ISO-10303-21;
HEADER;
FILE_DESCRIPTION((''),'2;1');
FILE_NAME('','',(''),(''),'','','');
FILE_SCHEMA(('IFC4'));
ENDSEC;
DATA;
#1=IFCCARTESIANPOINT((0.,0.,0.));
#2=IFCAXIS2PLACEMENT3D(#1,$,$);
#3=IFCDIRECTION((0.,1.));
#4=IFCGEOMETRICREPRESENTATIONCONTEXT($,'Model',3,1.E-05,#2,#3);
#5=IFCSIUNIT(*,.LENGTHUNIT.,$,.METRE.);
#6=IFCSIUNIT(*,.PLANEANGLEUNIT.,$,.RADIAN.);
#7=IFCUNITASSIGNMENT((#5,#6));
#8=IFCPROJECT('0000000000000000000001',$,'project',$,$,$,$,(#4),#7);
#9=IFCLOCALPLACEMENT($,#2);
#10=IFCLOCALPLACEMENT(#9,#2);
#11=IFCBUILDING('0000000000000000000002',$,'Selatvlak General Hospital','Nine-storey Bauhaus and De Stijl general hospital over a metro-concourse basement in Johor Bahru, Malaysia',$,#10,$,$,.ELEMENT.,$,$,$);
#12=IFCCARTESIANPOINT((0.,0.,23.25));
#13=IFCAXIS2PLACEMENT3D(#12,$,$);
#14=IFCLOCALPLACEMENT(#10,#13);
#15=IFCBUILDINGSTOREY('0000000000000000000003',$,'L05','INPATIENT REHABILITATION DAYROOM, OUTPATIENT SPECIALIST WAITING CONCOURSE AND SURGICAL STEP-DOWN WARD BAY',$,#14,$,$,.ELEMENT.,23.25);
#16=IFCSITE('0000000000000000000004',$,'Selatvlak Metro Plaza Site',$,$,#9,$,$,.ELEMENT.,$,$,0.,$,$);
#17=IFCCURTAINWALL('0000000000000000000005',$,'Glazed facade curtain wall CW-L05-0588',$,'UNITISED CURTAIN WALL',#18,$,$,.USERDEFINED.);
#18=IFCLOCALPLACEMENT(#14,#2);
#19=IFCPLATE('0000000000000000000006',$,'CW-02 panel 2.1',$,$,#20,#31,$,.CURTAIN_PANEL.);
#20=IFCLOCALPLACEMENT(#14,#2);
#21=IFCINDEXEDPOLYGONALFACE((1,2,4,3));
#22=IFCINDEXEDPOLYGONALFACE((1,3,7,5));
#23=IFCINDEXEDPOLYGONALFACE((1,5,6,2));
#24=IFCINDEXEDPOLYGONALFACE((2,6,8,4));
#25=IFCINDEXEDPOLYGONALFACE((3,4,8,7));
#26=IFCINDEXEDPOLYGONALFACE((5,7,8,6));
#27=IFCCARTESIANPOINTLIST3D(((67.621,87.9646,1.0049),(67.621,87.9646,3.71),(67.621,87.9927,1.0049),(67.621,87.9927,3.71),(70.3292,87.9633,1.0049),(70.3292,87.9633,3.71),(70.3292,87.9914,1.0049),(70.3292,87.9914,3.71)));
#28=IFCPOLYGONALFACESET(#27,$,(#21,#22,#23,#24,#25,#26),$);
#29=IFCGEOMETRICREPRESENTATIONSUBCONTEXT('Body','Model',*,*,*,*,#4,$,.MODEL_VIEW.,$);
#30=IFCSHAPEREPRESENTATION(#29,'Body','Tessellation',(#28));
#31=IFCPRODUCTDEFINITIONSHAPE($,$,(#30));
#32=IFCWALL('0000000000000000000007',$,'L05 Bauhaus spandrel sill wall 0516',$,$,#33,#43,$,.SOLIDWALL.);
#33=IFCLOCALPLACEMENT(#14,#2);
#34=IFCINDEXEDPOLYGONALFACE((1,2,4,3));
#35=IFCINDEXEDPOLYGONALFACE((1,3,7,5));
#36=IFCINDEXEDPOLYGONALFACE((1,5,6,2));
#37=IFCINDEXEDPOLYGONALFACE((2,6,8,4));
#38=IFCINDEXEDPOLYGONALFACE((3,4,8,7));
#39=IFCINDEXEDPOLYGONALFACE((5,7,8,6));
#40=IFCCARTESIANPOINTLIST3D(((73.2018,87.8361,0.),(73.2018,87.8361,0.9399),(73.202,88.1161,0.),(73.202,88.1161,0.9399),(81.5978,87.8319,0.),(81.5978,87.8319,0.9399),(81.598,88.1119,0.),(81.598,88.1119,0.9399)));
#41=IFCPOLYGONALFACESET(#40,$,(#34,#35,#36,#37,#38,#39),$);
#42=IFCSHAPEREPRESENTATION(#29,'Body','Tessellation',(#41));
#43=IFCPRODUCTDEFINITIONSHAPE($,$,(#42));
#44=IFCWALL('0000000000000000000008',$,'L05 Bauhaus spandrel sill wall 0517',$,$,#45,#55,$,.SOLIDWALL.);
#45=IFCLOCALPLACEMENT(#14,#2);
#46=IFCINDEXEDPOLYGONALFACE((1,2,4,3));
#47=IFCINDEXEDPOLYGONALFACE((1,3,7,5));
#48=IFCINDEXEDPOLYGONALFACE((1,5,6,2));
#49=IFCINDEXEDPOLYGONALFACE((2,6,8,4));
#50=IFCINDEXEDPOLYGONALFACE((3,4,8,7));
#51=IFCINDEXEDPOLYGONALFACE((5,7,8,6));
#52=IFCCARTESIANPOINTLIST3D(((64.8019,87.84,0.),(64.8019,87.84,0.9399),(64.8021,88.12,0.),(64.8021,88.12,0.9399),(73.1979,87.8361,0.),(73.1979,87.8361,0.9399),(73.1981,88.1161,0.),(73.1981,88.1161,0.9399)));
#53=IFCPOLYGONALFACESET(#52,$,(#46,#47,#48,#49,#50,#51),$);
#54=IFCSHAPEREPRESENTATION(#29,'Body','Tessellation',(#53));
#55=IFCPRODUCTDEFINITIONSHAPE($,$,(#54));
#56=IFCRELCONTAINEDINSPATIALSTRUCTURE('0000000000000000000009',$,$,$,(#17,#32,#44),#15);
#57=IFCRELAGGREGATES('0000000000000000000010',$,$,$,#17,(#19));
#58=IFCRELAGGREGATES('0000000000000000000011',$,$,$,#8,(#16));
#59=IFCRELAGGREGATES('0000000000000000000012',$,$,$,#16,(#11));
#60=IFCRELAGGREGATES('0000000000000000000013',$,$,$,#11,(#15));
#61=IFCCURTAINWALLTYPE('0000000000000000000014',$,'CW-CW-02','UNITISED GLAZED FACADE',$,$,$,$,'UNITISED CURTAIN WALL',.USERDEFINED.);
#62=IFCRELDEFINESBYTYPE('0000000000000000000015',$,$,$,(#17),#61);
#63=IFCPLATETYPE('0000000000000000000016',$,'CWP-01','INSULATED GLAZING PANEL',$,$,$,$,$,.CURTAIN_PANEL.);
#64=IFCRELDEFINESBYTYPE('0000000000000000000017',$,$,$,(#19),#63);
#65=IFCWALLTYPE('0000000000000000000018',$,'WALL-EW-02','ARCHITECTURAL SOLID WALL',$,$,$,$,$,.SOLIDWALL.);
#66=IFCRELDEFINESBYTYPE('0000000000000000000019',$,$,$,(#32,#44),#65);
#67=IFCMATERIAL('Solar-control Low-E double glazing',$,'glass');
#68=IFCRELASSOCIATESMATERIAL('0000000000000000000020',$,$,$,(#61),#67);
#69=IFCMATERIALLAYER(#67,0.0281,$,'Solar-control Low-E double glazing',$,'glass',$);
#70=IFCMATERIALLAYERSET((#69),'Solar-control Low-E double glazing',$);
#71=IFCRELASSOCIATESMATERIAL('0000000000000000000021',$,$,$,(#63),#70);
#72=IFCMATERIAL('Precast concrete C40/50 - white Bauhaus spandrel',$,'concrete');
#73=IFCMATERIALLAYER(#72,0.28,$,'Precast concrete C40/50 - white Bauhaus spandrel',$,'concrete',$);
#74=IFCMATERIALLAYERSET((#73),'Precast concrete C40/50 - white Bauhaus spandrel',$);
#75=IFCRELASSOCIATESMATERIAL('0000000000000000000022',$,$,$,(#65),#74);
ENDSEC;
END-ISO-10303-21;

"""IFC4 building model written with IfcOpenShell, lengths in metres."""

from ifc_helpers import new_model, si_unit, direction, frame, frame_2d, origin, origin_2d, place, context, subcontext, project, spatial, rectangle, extrude, material, layer, layer_set, type_object, element, aggregate, save


model = new_model("IFC4")

# Units and contexts
model_context = context("Model", 3, precision=1e-05, world=origin(), true_north=direction((0.0, 1.0)))
body_context = subcontext(model_context, "Body", "Model", "MODEL_VIEW")
ifc_project = project(units=[si_unit("LENGTHUNIT", "METRE"), si_unit("PLANEANGLEUNIT", "RADIAN")], contexts=[model_context])

# Site, building, storey
site_placement = place(None, origin())
site = spatial("IfcSite", under=ifc_project, at=site_placement, Name="Selatvlak Metro Plaza Site", CompositionType="ELEMENT", RefElevation=0.0)
building_placement = place(site_placement, origin())
building = spatial("IfcBuilding", under=site, at=building_placement, Name="Selatvlak General Hospital", Description="Nine-storey Bauhaus and De Stijl general hospital over a metro-concourse basement in Johor Bahru, Malaysia", CompositionType="ELEMENT")
storey_placement = place(building_placement, frame((0.0, 0.0, 23.25)))
storey = spatial("IfcBuildingStorey", under=building, at=storey_placement, Name="L05", Description="INPATIENT REHABILITATION DAYROOM, OUTPATIENT SPECIALIST WAITING CONCOURSE AND SURGICAL STEP-DOWN WARD BAY", CompositionType="ELEMENT", Elevation=23.25)

# Curtain wall
ifc_material_1 = material(Name="Solar-control Low-E double glazing", Category="glass")
curtain_wall_type_1 = type_object("IfcCurtainWallType", Name="CW-CW-02", Description="UNITISED GLAZED FACADE", ElementType="UNITISED CURTAIN WALL", PredefinedType="USERDEFINED", material=ifc_material_1)
curtain_wall_1_placement = place(storey_placement, origin())
curtain_wall_1 = element("IfcCurtainWall", 1, at=curtain_wall_1_placement, inside=storey, type_object=curtain_wall_type_1, Name="Glazed facade curtain wall CW-L05-0588", ObjectType="UNITISED CURTAIN WALL", PredefinedType="USERDEFINED")

# Plate
ifc_layer_1 = layer(ifc_material_1, 0.0281, Name="Solar-control Low-E double glazing", Category="glass")
ifc_layer_set_1 = layer_set([ifc_layer_1], Name="Solar-control Low-E double glazing")
plate_type = type_object("IfcPlateType", Name="CWP-01", Description="INSULATED GLAZING PANEL", PredefinedType="CURTAIN_PANEL", material=ifc_layer_set_1)
plate_1_placement = place(storey_placement, frame((68.9751, 87.978, 1.0049), z_axis=(0.0, 0.0, 1.0), x_axis=(-1.0, 0.000481, 0.0)))
plate_1 = element("IfcPlate", 2, at=plate_1_placement, type_object=plate_type, Name="CW-02 panel 2.1", PredefinedType="CURTAIN_PANEL", context=body_context, shape_type="SweptSolid", body=[
    extrude(rectangle(XDim=2.7083, YDim=0.0281, at=origin_2d()), origin(), (0.0, 0.0, 1.0), 2.7051),
])
aggregate(curtain_wall_1, [plate_1])

# Walls
ifc_material_2 = material(Name="Precast concrete C40/50 - white Bauhaus spandrel", Category="concrete")
ifc_layer_2 = layer(ifc_material_2, 0.28, Name="Precast concrete C40/50 - white Bauhaus spandrel", Category="concrete")
ifc_layer_set_2 = layer_set([ifc_layer_2], Name="Precast concrete C40/50 - white Bauhaus spandrel")
wall_type = type_object("IfcWallType", Name="WALL-EW-02", Description="ARCHITECTURAL SOLID WALL", PredefinedType="SOLIDWALL", material=ifc_layer_set_2)
for number, where, z_axis, x_axis, name in (
    (3, (81.5979, 87.9719, 0.0), (0.0, 0.0, 1.0), (-1.0, 0.000494, 0.0), "L05 Bauhaus spandrel sill wall 0516"),
    (4, (73.198, 87.9761, 0.0), (0.0, 0.0, 1.0), (-1.0, 0.000465, 0.0), "L05 Bauhaus spandrel sill wall 0517"),
):
    element("IfcWall", number, at=place(storey_placement, frame(where, z_axis=z_axis, x_axis=x_axis)), inside=storey, type_object=wall_type, Name=name, PredefinedType="SOLIDWALL", context=body_context, shape_type="SweptSolid", body=[
        extrude(rectangle(XDim=8.396, YDim=0.28, at=frame_2d((4.198, 0.0))), origin(), (0.0, 0.0, 1.0), 0.9399),
    ])

save(model, "model.ifc")
